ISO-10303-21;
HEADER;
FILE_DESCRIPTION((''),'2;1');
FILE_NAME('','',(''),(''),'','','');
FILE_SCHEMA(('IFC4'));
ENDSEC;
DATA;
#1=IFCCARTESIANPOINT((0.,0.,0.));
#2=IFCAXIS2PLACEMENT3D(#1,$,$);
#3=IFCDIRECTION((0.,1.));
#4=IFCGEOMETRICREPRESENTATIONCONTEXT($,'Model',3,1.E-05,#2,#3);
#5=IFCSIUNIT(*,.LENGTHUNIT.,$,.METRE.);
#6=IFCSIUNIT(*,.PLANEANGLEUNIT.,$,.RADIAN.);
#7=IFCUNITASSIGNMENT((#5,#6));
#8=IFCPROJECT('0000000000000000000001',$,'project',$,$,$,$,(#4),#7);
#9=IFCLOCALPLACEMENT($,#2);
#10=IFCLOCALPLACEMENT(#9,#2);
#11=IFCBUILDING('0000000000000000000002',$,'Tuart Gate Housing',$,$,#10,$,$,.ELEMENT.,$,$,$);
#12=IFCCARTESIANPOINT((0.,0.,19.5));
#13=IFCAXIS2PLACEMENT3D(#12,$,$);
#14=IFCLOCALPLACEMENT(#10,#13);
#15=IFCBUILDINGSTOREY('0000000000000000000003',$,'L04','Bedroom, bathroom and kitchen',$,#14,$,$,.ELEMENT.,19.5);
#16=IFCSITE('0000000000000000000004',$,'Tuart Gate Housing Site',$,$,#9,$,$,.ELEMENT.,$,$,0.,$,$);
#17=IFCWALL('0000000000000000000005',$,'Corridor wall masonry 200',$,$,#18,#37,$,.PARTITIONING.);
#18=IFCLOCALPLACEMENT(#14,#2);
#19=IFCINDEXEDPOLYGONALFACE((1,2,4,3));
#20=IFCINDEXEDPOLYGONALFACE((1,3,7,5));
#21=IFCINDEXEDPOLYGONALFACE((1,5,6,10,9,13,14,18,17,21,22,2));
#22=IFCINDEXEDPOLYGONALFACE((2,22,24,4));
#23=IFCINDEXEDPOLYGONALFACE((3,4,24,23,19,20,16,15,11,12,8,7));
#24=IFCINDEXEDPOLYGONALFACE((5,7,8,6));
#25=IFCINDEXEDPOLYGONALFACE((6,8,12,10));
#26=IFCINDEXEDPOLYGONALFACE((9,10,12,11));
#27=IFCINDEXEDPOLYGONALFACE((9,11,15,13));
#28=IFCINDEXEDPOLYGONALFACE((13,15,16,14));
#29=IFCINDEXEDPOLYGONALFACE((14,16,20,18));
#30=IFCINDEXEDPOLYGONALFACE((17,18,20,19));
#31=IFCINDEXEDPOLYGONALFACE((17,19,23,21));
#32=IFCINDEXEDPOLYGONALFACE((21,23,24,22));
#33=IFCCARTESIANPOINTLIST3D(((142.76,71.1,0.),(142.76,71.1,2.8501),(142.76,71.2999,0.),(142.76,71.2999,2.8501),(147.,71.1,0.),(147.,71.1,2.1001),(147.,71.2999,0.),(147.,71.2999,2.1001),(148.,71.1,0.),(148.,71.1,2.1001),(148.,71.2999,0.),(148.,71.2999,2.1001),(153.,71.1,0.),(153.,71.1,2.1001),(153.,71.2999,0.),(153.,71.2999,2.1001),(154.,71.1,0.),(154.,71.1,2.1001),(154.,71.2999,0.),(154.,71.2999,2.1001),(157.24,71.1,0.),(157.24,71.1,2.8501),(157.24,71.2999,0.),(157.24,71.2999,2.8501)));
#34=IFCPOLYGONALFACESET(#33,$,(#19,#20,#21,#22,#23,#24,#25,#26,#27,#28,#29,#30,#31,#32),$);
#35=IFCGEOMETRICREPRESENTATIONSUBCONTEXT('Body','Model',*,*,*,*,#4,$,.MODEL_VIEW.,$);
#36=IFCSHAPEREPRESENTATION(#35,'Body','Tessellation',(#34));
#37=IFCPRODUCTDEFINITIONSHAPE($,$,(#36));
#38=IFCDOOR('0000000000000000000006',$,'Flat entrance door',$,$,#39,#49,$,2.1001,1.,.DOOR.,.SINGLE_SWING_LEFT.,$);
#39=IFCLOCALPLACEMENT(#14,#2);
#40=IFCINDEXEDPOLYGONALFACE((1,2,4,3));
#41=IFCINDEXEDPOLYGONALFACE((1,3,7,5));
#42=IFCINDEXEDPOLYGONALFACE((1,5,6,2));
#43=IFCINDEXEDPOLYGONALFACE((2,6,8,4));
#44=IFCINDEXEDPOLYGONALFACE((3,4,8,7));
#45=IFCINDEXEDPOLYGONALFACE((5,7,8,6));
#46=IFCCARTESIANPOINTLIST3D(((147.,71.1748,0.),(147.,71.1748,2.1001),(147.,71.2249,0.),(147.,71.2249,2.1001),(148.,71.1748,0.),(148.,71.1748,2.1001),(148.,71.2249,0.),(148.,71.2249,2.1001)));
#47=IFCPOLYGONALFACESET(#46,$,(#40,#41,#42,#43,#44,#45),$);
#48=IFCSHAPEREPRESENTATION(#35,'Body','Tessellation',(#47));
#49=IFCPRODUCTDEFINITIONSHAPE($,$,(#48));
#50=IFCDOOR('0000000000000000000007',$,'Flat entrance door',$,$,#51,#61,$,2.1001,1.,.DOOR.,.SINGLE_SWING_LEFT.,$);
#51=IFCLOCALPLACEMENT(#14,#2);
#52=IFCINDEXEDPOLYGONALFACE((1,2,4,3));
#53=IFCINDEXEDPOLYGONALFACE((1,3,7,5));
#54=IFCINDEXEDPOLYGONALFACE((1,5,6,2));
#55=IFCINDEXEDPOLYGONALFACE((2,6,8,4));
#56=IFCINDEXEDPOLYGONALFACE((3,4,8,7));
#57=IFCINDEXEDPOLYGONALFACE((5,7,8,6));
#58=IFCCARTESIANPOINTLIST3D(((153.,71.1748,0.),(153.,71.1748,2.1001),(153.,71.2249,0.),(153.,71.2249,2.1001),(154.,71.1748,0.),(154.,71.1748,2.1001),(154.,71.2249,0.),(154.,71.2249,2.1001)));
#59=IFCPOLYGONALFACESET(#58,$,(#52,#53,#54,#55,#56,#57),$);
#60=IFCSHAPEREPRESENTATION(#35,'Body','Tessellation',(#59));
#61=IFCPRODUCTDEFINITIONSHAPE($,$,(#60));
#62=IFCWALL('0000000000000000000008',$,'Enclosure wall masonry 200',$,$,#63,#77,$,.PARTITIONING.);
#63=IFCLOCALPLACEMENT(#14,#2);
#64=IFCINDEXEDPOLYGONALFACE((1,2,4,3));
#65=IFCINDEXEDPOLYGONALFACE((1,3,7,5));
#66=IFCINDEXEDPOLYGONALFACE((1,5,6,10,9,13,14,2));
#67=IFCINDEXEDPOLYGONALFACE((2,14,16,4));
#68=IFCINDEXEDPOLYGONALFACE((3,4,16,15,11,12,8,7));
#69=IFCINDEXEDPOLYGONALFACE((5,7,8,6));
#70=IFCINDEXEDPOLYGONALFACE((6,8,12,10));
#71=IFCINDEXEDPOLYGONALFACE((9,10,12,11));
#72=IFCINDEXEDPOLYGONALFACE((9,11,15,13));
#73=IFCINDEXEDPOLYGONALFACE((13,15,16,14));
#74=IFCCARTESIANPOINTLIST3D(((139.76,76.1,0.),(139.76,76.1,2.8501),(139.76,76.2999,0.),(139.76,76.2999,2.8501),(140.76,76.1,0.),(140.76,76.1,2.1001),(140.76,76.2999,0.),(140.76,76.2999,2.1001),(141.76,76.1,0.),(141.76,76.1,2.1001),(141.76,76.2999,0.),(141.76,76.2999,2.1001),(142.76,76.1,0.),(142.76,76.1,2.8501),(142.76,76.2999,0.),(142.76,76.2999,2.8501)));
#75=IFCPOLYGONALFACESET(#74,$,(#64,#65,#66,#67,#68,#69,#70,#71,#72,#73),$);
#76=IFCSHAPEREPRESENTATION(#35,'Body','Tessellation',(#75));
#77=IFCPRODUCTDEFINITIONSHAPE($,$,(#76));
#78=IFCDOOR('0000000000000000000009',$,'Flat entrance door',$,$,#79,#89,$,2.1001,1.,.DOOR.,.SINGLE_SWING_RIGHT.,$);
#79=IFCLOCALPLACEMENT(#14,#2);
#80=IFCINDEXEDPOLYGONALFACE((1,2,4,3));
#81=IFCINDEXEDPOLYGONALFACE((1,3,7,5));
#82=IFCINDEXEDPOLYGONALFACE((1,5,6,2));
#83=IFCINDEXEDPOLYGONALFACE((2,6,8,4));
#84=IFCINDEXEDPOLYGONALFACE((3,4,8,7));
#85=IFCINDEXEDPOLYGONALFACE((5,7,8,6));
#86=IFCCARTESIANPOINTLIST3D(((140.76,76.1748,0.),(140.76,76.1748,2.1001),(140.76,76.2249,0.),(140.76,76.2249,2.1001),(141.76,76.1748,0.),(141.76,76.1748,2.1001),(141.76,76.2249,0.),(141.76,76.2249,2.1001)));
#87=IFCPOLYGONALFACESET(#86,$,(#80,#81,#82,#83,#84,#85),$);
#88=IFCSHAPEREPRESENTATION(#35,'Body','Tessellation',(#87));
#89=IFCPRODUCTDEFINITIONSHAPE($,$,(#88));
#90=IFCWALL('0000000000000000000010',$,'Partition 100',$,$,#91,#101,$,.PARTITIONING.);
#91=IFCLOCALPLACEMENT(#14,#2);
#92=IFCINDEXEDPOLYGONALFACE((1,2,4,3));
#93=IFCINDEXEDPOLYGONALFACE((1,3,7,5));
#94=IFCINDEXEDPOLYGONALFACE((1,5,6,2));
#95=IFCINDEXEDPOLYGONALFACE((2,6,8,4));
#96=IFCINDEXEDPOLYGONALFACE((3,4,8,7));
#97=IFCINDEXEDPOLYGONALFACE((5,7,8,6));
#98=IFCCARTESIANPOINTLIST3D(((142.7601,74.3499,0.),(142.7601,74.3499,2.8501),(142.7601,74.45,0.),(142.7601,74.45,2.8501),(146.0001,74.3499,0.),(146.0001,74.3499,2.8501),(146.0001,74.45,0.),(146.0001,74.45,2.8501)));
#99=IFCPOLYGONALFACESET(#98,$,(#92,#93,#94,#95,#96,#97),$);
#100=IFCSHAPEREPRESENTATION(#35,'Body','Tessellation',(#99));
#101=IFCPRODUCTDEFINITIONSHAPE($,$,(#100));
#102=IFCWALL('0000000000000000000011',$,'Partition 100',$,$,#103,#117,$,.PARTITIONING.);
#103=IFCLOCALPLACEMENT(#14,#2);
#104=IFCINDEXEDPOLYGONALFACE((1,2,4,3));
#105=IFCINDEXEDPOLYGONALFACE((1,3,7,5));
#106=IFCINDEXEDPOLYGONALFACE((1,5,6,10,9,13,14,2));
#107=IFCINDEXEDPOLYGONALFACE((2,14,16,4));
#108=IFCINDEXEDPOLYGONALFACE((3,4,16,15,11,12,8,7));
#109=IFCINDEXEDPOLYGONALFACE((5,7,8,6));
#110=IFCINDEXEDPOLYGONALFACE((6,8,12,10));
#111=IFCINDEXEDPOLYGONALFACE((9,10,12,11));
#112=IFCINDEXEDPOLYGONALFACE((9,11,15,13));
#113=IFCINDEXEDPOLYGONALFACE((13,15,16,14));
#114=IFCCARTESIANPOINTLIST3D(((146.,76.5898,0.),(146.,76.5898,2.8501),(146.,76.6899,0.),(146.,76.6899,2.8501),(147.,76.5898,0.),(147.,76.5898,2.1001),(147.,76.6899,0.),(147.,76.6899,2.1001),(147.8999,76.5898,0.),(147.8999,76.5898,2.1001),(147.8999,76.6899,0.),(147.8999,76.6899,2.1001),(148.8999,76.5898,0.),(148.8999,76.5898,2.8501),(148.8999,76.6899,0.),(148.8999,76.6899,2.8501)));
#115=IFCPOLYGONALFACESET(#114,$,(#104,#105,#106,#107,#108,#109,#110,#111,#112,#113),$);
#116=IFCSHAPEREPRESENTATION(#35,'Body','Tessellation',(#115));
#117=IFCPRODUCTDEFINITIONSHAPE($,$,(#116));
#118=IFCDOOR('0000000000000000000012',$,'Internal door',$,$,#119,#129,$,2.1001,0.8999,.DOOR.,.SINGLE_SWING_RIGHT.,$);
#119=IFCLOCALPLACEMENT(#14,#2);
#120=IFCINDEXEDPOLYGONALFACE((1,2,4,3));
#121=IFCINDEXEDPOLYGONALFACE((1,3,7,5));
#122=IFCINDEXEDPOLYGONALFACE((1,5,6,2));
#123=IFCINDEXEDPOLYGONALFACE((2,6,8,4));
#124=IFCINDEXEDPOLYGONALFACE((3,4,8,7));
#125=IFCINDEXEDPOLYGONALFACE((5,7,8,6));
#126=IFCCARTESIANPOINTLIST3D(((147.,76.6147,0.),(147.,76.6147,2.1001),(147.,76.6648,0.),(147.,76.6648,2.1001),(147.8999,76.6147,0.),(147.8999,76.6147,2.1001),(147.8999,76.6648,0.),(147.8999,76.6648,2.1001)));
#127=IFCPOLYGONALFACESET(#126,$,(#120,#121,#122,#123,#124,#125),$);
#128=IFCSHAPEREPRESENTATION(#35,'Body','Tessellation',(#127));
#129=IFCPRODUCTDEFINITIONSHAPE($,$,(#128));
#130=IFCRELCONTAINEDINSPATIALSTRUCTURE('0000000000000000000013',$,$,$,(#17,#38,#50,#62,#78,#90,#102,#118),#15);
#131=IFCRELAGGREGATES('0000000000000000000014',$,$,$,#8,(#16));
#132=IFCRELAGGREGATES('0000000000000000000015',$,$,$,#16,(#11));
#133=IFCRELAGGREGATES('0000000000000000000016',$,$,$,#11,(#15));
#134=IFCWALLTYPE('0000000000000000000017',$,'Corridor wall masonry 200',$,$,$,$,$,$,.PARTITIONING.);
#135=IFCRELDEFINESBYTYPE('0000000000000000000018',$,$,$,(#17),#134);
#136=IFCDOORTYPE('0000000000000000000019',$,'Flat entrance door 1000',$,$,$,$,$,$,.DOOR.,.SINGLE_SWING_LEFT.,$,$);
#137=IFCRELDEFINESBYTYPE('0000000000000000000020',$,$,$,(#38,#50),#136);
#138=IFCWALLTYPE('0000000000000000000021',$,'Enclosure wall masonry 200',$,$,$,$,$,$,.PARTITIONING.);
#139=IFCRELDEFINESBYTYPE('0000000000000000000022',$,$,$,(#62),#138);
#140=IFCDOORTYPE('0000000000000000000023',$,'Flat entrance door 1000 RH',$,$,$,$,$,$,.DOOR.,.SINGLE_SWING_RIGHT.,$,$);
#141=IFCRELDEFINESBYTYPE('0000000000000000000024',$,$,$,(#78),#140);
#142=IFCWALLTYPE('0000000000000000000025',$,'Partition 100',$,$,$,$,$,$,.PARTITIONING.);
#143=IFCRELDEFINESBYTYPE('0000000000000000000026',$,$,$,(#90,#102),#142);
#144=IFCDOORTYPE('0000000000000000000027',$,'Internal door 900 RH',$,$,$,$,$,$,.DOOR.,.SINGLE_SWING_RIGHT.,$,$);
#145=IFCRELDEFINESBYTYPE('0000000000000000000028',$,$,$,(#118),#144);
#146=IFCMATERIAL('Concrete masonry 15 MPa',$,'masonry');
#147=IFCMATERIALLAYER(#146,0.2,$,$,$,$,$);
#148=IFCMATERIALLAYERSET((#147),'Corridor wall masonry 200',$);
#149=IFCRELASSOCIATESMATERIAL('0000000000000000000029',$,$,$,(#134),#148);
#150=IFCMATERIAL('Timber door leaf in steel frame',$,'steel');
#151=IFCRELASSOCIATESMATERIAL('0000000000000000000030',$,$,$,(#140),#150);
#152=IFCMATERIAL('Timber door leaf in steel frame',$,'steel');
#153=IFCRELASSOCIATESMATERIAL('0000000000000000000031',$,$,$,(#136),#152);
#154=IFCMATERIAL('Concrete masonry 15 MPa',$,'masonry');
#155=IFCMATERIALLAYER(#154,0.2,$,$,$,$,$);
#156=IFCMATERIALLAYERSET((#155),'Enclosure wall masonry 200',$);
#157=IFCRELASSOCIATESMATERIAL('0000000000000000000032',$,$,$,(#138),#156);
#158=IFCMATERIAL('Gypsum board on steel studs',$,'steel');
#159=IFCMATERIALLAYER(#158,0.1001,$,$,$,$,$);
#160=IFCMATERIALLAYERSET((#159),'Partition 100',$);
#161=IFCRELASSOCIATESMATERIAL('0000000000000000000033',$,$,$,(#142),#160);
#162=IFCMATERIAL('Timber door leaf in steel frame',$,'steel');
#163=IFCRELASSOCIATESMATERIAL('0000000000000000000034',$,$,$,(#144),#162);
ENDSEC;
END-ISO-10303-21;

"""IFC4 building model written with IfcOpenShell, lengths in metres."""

from ifc_helpers import new_model, si_unit, direction, frame, frame_2d, origin, place, context, subcontext, project, spatial, rectangle, extrude, material, layer, layer_set, type_object, element, fill, save


model = new_model("IFC4")

# Units and contexts
model_context = context("Model", 3, precision=1e-05, world=origin(), true_north=direction((0.0, 1.0)))
body_context = subcontext(model_context, "Body", "Model", "MODEL_VIEW")
ifc_project = project(units=[si_unit("LENGTHUNIT", "METRE"), si_unit("PLANEANGLEUNIT", "RADIAN")], contexts=[model_context])

# Site, building, storey
site_placement = place(None, origin())
site = spatial("IfcSite", under=ifc_project, at=site_placement, Name="Tuart Gate Housing Site", CompositionType="ELEMENT", RefElevation=0.0)
building_placement = place(site_placement, origin())
building = spatial("IfcBuilding", under=site, at=building_placement, Name="Tuart Gate Housing", CompositionType="ELEMENT")
storey_placement = place(building_placement, frame((0.0, 0.0, 19.5)))
storey = spatial("IfcBuildingStorey", under=building, at=storey_placement, Name="L04", Description="Bedroom, bathroom and kitchen", CompositionType="ELEMENT", Elevation=19.5)

# Wall, openings, doors
ifc_material_1 = material(Name="Concrete masonry 15 MPa", Category="masonry")
ifc_layer_1 = layer(ifc_material_1, 0.2)
ifc_layer_set_1 = layer_set([ifc_layer_1], Name="Corridor wall masonry 200")
wall_type_1 = type_object("IfcWallType", Name="Corridor wall masonry 200", PredefinedType="PARTITIONING", material=ifc_layer_set_1)
ifc_material_2 = material(Name="Timber door leaf in steel frame", Category="steel")
door_type_1 = type_object("IfcDoorType", Name="Flat entrance door 1000 RH", OperationType="SINGLE_SWING_RIGHT", PredefinedType="DOOR", material=ifc_material_2)
wall_1_placement = place(storey_placement, frame((142.76, 71.2, 0.0), z_axis=(0.0, 0.0, 1.0), x_axis=(1.0, 0.0, 0.0)))
wall_1 = element("IfcWall", 1, at=wall_1_placement, inside=storey, type_object=wall_type_1, Name="Corridor wall masonry 200", PredefinedType="PARTITIONING", context=body_context, shape_type="SweptSolid", body=[
    extrude(rectangle(XDim=14.48, YDim=0.2, at=frame_2d((7.24, 0.0))), origin(), (0.0, 0.0, 1.0), 2.8501),
])
opening_1_placement = place(wall_1_placement, frame((4.24, 0.0, 0.0)))
opening_1 = element("IfcOpeningElement", 2, at=opening_1_placement, cuts=wall_1, PredefinedType="OPENING", context=body_context, shape_type="SweptSolid", body=[
    extrude(rectangle(XDim=1.0, YDim=2.1001, at=frame_2d((0.5, 1.05))), frame((0.0, 0.1099, 0.0), z_axis=(0.0, -1.0, 0.0), x_axis=(1.0, 0.0, 0.0)), (0.0, 0.0, 1.0), 0.22),
])
opening_2_placement = place(wall_1_placement, frame((10.24, 0.0, 0.0)))
opening_2 = element("IfcOpeningElement", 3, at=opening_2_placement, cuts=wall_1, PredefinedType="OPENING", context=body_context, shape_type="SweptSolid", body=[
    extrude(rectangle(XDim=1.0, YDim=2.1001, at=frame_2d((0.5, 1.05))), frame((0.0, 0.1099, 0.0), z_axis=(0.0, -1.0, 0.0), x_axis=(1.0, 0.0, 0.0)), (0.0, 0.0, 1.0), 0.22),
])
ifc_material_3 = material(Name="Timber door leaf in steel frame", Category="steel")
door_type_2 = type_object("IfcDoorType", Name="Flat entrance door 1000", OperationType="SINGLE_SWING_LEFT", PredefinedType="DOOR", material=ifc_material_3)
door_1_placement = place(opening_1_placement, origin())
door_1 = element("IfcDoor", 4, at=door_1_placement, inside=storey, type_object=door_type_2, Name="Flat entrance door", OperationType="SINGLE_SWING_LEFT", OverallHeight=2.1001, OverallWidth=1.0, PredefinedType="DOOR", context=body_context, shape_type="SweptSolid", body=[
    extrude(rectangle(XDim=1.0, YDim=2.1001, at=frame_2d((0.5, 1.05))), frame((0.0, 0.0249, 0.0), z_axis=(0.0, -1.0, 0.0), x_axis=(1.0, 0.0, 0.0)), (0.0, 0.0, 1.0), 0.05),
])
fill(opening_1, door_1)
door_2_placement = place(opening_2_placement, origin())
door_2 = element("IfcDoor", 5, at=door_2_placement, inside=storey, type_object=door_type_2, Name="Flat entrance door", OperationType="SINGLE_SWING_LEFT", OverallHeight=2.1001, OverallWidth=1.0, PredefinedType="DOOR", context=body_context, shape_type="SweptSolid", body=[
    extrude(rectangle(XDim=1.0, YDim=2.1001, at=frame_2d((0.5, 1.05))), frame((0.0, 0.0249, 0.0), z_axis=(0.0, -1.0, 0.0), x_axis=(1.0, 0.0, 0.0)), (0.0, 0.0, 1.0), 0.05),
])
fill(opening_2, door_2)

# Wall, opening, door
ifc_material_4 = material(Name="Concrete masonry 15 MPa", Category="masonry")
ifc_layer_2 = layer(ifc_material_4, 0.2)
ifc_layer_set_2 = layer_set([ifc_layer_2], Name="Enclosure wall masonry 200")
wall_type_2 = type_object("IfcWallType", Name="Enclosure wall masonry 200", PredefinedType="PARTITIONING", material=ifc_layer_set_2)
wall_2_placement = place(storey_placement, frame((139.76, 76.2, 0.0), z_axis=(0.0, 0.0, 1.0), x_axis=(1.0, 0.0, 0.0)))
wall_2 = element("IfcWall", 6, at=wall_2_placement, inside=storey, type_object=wall_type_2, Name="Enclosure wall masonry 200", PredefinedType="PARTITIONING", context=body_context, shape_type="SweptSolid", body=[
    extrude(rectangle(XDim=3.0, YDim=0.2, at=frame_2d((1.5, 0.0))), origin(), (0.0, 0.0, 1.0), 2.8501),
])
opening_3_placement = place(wall_2_placement, frame((1.0, 0.0, 0.0)))
opening_3 = element("IfcOpeningElement", 7, at=opening_3_placement, cuts=wall_2, PredefinedType="OPENING", context=body_context, shape_type="SweptSolid", body=[
    extrude(rectangle(XDim=1.0, YDim=2.1001, at=frame_2d((0.5, 1.05))), frame((0.0, 0.1099, 0.0), z_axis=(0.0, -1.0, 0.0), x_axis=(1.0, 0.0, 0.0)), (0.0, 0.0, 1.0), 0.22),
])
door_3_placement = place(opening_3_placement, origin())
door_3 = element("IfcDoor", 8, at=door_3_placement, inside=storey, type_object=door_type_1, Name="Flat entrance door", OperationType="SINGLE_SWING_RIGHT", OverallHeight=2.1001, OverallWidth=1.0, PredefinedType="DOOR", context=body_context, shape_type="SweptSolid", body=[
    extrude(rectangle(XDim=1.0, YDim=2.1001, at=frame_2d((0.5, 1.05))), frame((0.0, 0.0249, 0.0), z_axis=(0.0, -1.0, 0.0), x_axis=(1.0, 0.0, 0.0)), (0.0, 0.0, 1.0), 0.05),
])
fill(opening_3, door_3)

# Wall
ifc_material_5 = material(Name="Gypsum board on steel studs", Category="steel")
ifc_layer_3 = layer(ifc_material_5, 0.1001)
ifc_layer_set_3 = layer_set([ifc_layer_3], Name="Partition 100")
wall_type_3 = type_object("IfcWallType", Name="Partition 100", PredefinedType="PARTITIONING", material=ifc_layer_set_3)
wall_3_placement = place(storey_placement, frame((142.76, 74.3999, 0.0), z_axis=(0.0, 0.0, 1.0), x_axis=(1.0, 0.0, 0.0)))
element("IfcWall", 9, at=wall_3_placement, inside=storey, type_object=wall_type_3, Name="Partition 100", PredefinedType="PARTITIONING", context=body_context, shape_type="SweptSolid", body=[
    extrude(rectangle(XDim=3.24, YDim=0.1001, at=frame_2d((1.6201, 0.0))), origin(), (0.0, 0.0, 1.0), 2.8501),
])

# Wall, opening, door
wall_4_placement = place(storey_placement, frame((146.0, 76.6399, 0.0), z_axis=(0.0, 0.0, 1.0), x_axis=(1.0, 0.0, 0.0)))
wall_4 = element("IfcWall", 10, at=wall_4_placement, inside=storey, type_object=wall_type_3, Name="Partition 100", PredefinedType="PARTITIONING", context=body_context, shape_type="SweptSolid", body=[
    extrude(rectangle(XDim=2.8999, YDim=0.1001, at=frame_2d((1.45, 0.0))), origin(), (0.0, 0.0, 1.0), 2.8501),
])
opening_4_placement = place(wall_4_placement, frame((1.0, 0.0, 0.0)))
opening_4 = element("IfcOpeningElement", 11, at=opening_4_placement, cuts=wall_4, PredefinedType="OPENING", context=body_context, shape_type="SweptSolid", body=[
    extrude(rectangle(XDim=0.8999, YDim=2.1001, at=frame_2d((0.45, 1.05))), frame((0.0, 0.0601, 0.0), z_axis=(0.0, -1.0, 0.0), x_axis=(1.0, 0.0, 0.0)), (0.0, 0.0, 1.0), 0.1201),
])
ifc_material_6 = material(Name="Timber door leaf in steel frame", Category="steel")
door_type_3 = type_object("IfcDoorType", Name="Internal door 900 RH", OperationType="SINGLE_SWING_RIGHT", PredefinedType="DOOR", material=ifc_material_6)
door_4_placement = place(opening_4_placement, frame((0.8999, 0.0, 0.0), z_axis=(0.0, 0.0, 1.0), x_axis=(-1.0, 0.0, 0.0)))
door_4 = element("IfcDoor", 12, at=door_4_placement, inside=storey, type_object=door_type_3, Name="Internal door", OperationType="SINGLE_SWING_RIGHT", OverallHeight=2.1001, OverallWidth=0.8999, PredefinedType="DOOR", context=body_context, shape_type="SweptSolid", body=[
    extrude(rectangle(XDim=0.8999, YDim=2.1001, at=frame_2d((0.45, 1.05))), frame((0.0, 0.0251, 0.0), z_axis=(0.0, -1.0, 0.0), x_axis=(1.0, 0.0, 0.0)), (0.0, 0.0, 1.0), 0.05),
])
fill(opening_4, door_4)

save(model, "model.ifc")
